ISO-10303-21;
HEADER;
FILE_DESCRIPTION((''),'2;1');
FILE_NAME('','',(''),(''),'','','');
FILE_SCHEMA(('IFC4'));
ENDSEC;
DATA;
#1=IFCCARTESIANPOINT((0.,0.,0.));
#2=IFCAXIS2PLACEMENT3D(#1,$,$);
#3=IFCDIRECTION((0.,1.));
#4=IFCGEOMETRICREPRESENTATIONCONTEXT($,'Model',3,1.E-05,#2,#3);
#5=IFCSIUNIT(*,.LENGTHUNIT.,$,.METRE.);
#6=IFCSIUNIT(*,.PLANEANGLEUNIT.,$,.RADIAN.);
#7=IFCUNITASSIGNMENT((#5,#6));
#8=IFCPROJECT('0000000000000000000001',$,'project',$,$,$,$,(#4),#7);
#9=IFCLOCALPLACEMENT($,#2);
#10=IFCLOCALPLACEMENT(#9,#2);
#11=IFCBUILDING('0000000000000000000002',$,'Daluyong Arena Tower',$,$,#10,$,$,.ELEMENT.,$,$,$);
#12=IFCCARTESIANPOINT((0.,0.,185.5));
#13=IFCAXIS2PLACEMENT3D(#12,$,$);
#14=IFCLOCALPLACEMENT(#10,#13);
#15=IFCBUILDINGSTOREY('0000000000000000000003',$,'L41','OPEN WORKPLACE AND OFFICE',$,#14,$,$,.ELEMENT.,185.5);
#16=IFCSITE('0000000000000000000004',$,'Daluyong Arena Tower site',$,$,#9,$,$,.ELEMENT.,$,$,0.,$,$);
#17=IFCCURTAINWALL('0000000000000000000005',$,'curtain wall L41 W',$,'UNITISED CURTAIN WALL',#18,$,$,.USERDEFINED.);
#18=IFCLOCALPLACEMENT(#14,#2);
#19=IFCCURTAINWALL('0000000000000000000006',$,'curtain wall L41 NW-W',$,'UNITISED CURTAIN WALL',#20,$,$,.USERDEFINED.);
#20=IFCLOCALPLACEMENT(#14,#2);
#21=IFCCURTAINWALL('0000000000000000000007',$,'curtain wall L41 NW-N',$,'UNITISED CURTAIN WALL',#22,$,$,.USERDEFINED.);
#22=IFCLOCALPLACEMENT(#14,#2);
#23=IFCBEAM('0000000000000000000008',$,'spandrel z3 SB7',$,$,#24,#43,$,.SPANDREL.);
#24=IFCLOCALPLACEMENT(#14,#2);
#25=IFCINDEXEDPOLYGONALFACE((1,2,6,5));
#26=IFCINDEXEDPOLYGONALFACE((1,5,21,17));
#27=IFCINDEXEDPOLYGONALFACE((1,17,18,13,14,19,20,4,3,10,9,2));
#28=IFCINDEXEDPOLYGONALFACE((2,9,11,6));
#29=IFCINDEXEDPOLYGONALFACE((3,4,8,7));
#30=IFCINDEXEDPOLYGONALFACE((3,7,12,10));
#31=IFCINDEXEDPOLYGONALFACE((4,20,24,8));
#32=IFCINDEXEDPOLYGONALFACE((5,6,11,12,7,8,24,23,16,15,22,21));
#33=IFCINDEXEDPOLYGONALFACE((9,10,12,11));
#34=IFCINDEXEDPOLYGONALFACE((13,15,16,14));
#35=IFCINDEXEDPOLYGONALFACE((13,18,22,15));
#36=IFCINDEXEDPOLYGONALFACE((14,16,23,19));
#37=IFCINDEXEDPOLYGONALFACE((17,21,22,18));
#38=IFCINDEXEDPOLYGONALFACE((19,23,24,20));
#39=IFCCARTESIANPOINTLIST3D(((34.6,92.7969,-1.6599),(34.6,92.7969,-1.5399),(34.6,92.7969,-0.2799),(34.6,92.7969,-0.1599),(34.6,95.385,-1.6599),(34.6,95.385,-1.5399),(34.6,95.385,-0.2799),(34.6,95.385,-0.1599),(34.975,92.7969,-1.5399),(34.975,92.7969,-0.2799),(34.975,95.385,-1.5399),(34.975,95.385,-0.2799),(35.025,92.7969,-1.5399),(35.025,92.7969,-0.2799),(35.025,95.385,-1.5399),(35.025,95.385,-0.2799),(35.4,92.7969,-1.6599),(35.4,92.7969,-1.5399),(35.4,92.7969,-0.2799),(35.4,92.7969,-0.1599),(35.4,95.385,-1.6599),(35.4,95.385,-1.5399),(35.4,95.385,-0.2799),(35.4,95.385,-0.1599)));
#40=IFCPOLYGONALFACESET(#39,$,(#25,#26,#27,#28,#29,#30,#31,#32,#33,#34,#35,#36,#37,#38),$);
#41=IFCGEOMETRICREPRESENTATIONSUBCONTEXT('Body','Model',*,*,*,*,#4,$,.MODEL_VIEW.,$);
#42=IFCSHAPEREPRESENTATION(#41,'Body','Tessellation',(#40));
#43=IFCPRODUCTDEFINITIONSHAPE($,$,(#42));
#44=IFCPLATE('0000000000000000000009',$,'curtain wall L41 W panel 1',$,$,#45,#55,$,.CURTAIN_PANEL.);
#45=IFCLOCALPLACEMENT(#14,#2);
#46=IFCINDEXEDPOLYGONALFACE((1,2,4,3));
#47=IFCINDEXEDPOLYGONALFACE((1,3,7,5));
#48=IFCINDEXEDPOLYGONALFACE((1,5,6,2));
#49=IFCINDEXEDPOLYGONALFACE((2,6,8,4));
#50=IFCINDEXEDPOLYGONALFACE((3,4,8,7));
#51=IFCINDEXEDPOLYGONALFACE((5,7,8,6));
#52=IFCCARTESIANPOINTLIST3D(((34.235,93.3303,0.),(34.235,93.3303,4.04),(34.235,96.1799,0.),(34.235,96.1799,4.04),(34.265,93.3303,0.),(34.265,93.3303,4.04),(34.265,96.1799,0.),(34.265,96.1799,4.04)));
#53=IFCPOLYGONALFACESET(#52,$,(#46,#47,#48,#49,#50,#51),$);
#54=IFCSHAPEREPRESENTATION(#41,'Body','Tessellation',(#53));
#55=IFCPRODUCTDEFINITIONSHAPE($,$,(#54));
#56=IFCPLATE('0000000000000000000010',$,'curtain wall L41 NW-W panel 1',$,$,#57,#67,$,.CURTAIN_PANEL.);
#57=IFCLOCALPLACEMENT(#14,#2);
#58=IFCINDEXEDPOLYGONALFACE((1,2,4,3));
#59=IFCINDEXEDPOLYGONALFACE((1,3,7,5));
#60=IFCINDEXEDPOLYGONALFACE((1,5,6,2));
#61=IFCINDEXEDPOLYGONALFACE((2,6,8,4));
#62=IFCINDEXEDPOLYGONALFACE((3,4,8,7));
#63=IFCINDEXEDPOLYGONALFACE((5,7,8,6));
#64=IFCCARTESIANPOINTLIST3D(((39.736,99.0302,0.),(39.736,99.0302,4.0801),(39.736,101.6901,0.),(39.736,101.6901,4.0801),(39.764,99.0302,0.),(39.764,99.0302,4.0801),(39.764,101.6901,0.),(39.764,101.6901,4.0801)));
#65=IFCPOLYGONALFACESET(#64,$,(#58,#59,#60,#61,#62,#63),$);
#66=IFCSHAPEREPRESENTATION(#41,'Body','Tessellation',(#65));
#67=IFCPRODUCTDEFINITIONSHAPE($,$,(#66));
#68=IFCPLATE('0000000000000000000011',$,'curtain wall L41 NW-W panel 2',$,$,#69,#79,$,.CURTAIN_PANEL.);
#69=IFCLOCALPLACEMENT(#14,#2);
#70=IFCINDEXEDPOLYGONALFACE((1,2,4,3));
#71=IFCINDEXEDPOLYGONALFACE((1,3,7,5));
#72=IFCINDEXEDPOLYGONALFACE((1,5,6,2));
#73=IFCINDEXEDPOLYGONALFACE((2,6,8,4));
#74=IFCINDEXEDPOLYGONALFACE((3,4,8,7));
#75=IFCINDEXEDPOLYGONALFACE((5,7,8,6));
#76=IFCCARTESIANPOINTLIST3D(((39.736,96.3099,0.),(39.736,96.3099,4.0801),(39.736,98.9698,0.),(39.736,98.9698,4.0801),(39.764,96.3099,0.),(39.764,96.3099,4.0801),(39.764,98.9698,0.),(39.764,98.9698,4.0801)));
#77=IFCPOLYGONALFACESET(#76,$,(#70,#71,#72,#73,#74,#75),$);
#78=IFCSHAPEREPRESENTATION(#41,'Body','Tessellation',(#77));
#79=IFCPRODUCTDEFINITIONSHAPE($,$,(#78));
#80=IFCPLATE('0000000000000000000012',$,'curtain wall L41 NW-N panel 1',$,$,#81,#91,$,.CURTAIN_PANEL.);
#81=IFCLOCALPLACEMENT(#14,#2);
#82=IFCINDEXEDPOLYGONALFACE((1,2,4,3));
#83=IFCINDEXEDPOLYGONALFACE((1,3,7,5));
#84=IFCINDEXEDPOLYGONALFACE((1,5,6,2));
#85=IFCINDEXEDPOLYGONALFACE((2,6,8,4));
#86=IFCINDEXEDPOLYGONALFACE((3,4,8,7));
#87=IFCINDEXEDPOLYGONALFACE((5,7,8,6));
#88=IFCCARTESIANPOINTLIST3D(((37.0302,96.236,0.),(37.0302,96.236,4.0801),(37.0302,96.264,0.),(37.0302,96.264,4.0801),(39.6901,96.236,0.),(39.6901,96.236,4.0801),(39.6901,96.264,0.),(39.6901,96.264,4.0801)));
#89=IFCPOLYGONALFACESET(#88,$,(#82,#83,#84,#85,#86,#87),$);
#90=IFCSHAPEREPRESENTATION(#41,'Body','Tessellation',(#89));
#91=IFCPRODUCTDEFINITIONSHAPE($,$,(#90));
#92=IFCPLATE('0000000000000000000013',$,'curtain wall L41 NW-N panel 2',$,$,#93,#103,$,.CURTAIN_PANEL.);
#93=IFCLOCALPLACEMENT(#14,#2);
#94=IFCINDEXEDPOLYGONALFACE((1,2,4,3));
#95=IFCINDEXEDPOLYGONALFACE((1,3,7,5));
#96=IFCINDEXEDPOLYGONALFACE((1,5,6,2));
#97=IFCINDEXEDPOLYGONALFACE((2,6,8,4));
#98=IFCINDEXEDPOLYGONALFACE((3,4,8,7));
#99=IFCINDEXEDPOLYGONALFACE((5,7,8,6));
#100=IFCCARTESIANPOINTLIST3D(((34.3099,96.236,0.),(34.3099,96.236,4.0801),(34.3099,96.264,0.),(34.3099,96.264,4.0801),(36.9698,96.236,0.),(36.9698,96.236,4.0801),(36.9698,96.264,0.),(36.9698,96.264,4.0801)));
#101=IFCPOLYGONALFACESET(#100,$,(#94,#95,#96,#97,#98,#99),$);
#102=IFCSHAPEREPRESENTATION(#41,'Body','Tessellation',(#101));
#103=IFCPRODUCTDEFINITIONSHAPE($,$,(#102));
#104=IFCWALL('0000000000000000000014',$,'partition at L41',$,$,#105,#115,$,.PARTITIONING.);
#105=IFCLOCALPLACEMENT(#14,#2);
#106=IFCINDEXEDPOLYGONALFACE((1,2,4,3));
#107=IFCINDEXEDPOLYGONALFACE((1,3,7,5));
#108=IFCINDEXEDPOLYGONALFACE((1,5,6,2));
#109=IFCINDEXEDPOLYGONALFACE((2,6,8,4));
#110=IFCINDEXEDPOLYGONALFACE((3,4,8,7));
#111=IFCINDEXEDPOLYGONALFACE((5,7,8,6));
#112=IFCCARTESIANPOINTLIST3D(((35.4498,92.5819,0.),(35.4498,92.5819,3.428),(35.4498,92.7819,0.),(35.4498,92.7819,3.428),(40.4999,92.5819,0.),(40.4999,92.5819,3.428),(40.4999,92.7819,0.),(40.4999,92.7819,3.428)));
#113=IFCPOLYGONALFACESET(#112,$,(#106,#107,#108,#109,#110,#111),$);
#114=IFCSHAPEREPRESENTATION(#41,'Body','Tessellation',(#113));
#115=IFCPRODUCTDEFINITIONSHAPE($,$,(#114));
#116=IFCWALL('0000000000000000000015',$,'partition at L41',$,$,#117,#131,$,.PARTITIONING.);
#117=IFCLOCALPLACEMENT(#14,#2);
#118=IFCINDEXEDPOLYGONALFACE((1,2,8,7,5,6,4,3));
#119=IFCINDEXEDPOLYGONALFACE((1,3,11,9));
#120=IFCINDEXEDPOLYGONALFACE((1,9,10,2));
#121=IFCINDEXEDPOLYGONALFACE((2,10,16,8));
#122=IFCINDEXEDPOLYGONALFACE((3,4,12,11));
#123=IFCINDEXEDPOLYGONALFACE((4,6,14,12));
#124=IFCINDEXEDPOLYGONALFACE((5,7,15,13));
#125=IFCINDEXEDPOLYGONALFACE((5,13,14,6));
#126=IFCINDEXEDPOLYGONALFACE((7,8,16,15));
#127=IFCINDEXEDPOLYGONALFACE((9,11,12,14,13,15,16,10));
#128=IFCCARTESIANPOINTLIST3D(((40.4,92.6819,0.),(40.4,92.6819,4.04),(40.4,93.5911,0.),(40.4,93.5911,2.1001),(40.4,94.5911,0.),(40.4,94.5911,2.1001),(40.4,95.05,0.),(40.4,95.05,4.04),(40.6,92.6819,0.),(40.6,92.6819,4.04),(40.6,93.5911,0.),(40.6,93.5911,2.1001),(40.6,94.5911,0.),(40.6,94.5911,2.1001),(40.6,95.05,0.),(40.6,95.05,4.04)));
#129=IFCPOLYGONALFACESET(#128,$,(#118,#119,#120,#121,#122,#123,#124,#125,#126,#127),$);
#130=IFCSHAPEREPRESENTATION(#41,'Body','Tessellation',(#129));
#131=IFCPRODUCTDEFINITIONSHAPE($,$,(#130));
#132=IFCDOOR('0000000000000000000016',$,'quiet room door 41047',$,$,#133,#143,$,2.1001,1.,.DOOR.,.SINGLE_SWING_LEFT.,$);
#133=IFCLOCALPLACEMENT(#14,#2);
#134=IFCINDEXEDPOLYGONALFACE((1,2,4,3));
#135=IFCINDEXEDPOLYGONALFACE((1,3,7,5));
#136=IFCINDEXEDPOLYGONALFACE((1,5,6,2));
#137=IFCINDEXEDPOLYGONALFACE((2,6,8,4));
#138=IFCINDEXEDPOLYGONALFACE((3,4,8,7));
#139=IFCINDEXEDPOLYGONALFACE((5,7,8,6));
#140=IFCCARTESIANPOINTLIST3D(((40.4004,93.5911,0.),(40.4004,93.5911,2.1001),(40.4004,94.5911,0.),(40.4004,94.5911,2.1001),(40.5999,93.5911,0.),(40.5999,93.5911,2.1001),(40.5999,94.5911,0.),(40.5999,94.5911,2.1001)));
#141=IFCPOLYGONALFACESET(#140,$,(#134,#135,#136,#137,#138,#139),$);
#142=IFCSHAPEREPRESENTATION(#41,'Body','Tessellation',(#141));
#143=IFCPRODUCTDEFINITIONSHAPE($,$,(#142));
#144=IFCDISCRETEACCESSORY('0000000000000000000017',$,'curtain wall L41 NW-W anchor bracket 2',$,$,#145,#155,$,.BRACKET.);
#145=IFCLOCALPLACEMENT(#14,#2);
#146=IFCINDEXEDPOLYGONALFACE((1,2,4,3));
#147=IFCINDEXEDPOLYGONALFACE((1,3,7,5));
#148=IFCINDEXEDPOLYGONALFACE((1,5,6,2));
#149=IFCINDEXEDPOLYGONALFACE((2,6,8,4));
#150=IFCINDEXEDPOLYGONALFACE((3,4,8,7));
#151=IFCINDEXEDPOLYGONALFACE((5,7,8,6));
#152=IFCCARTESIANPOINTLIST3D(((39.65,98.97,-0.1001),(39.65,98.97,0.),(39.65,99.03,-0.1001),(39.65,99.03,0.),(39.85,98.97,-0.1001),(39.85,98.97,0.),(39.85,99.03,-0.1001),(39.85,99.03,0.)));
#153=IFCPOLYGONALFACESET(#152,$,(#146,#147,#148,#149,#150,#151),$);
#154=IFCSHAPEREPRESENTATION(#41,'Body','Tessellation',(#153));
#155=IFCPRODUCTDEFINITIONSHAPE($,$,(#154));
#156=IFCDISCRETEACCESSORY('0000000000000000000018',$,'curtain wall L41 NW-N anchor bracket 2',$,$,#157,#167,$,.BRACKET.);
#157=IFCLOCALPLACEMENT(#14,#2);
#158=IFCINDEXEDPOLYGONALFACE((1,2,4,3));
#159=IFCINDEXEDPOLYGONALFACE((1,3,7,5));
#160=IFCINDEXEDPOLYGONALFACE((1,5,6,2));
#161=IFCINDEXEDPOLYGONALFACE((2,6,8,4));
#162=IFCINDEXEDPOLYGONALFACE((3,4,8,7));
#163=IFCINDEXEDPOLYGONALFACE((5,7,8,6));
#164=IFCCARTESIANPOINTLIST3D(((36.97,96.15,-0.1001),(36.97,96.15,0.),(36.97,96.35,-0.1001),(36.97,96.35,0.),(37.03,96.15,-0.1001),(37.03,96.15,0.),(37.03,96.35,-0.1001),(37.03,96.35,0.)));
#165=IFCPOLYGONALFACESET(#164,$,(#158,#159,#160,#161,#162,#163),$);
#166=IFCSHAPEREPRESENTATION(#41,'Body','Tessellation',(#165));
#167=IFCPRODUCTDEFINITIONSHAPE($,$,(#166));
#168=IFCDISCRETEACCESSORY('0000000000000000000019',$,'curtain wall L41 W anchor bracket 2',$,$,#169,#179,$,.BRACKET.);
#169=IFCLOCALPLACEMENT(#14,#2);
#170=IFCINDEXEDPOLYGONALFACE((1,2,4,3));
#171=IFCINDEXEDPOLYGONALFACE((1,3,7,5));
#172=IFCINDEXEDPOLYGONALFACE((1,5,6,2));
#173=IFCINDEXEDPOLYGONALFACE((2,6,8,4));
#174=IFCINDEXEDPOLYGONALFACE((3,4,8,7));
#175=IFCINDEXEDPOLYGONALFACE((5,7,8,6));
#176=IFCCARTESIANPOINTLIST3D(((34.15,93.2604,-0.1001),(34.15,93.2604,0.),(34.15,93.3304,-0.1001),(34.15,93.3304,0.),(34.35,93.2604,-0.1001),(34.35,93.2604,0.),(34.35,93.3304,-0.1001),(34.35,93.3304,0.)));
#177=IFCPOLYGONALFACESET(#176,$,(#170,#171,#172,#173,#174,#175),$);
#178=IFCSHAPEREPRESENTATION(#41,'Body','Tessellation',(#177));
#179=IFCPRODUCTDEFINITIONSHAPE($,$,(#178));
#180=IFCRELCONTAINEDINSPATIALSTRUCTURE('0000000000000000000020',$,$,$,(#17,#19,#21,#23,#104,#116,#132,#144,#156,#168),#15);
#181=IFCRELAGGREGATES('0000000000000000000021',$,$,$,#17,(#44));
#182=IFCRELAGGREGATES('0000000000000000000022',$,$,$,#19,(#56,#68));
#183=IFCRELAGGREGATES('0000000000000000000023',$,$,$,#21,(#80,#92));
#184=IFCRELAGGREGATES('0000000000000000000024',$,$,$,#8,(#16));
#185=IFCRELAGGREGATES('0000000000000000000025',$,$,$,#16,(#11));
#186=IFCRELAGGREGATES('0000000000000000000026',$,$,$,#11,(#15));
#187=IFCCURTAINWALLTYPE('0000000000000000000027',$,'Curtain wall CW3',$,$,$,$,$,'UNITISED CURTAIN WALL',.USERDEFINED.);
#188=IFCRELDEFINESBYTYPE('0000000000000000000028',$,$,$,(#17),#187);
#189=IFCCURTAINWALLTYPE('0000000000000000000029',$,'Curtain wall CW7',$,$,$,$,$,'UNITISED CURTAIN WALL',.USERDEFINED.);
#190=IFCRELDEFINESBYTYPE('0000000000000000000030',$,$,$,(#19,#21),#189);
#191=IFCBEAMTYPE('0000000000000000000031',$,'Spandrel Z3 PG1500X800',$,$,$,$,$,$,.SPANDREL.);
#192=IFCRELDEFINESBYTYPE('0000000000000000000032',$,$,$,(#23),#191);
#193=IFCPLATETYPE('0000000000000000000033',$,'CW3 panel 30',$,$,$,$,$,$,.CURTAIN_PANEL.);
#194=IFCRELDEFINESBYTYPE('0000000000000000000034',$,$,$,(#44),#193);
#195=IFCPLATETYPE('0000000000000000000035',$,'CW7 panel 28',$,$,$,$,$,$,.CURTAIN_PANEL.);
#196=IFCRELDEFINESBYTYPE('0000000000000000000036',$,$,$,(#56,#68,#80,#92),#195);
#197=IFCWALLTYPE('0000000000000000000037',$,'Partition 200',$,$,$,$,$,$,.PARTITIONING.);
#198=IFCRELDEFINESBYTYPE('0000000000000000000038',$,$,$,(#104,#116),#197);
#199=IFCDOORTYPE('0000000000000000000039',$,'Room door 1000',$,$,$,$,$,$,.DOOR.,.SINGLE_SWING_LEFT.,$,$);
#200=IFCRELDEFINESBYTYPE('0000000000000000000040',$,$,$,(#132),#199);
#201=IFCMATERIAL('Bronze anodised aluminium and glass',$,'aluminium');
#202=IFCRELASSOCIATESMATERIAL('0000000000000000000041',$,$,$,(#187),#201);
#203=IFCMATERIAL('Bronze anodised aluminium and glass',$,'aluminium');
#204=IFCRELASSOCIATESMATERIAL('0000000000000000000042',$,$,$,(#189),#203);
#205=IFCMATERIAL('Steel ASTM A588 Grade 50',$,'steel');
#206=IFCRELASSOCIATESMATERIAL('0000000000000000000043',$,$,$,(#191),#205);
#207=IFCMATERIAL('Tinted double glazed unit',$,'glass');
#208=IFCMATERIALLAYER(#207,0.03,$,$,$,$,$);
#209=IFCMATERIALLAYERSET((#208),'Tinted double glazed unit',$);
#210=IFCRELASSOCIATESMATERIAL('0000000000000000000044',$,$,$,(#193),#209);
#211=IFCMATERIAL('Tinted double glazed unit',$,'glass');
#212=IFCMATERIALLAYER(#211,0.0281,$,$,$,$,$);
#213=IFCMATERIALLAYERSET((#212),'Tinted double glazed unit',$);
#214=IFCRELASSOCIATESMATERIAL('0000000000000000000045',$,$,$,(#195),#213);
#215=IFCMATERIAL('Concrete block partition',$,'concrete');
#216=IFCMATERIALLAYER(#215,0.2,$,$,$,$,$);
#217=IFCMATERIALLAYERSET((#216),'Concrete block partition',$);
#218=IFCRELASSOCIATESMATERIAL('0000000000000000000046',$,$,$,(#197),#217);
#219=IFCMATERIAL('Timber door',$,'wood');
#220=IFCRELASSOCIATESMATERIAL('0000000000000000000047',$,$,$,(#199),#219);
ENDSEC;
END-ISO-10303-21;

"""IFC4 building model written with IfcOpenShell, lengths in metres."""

from ifc_helpers import new_model, si_unit, direction, frame, frame_2d, origin, origin_2d, place, context, subcontext, project, spatial, rectangle, i_section, extrude, material, layer, layer_set, material_profile, profile_set, type_object, element, fill, aggregate, save


model = new_model("IFC4")

# Units and contexts
model_context = context("Model", 3, precision=1e-05, world=origin(), true_north=direction((0.0, 1.0)))
body_context = subcontext(model_context, "Body", "Model", "MODEL_VIEW")
ifc_project = project(units=[si_unit("LENGTHUNIT", "METRE"), si_unit("PLANEANGLEUNIT", "RADIAN")], contexts=[model_context])

# Site, building, storey
site_placement = place(None, origin())
site = spatial("IfcSite", under=ifc_project, at=site_placement, Name="Daluyong Arena Tower site", CompositionType="ELEMENT", RefElevation=0.0)
building_placement = place(site_placement, origin())
building = spatial("IfcBuilding", under=site, at=building_placement, Name="Daluyong Arena Tower", CompositionType="ELEMENT")
storey_placement = place(building_placement, frame((0.0, 0.0, 185.5)))
storey = spatial("IfcBuildingStorey", under=building, at=storey_placement, Name="L41", Description="OPEN WORKPLACE AND OFFICE", CompositionType="ELEMENT", Elevation=185.5)

# Shared definitions
ifc_material_1 = material(Name="Bronze anodised aluminium and glass", Category="aluminium")
curtain_wall_type_1 = type_object("IfcCurtainWallType", Name="Curtain wall CW3", ElementType="UNITISED CURTAIN WALL", PredefinedType="USERDEFINED", material=ifc_material_1)

# Curtain walls
curtain_wall_1_placement = place(storey_placement, origin())
curtain_wall_1 = element("IfcCurtainWall", 1, at=curtain_wall_1_placement, inside=storey, type_object=curtain_wall_type_1, Name="curtain wall L41 W", ObjectType="UNITISED CURTAIN WALL", PredefinedType="USERDEFINED")
ifc_material_2 = material(Name="Bronze anodised aluminium and glass", Category="aluminium")
curtain_wall_type_2 = type_object("IfcCurtainWallType", Name="Curtain wall CW7", ElementType="UNITISED CURTAIN WALL", PredefinedType="USERDEFINED", material=ifc_material_2)
curtain_wall_2_placement = place(storey_placement, origin())
curtain_wall_2 = element("IfcCurtainWall", 2, at=curtain_wall_2_placement, inside=storey, type_object=curtain_wall_type_2, Name="curtain wall L41 NW-W", ObjectType="UNITISED CURTAIN WALL", PredefinedType="USERDEFINED")
curtain_wall_3_placement = place(storey_placement, origin())
curtain_wall_3 = element("IfcCurtainWall", 3, at=curtain_wall_3_placement, inside=storey, type_object=curtain_wall_type_2, Name="curtain wall L41 NW-N", ObjectType="UNITISED CURTAIN WALL", PredefinedType="USERDEFINED")

# Beam
ifc_material_3 = material(Name="Steel ASTM A588 Grade 50", Category="steel")
ifc_material_profile_1 = material_profile(ifc_material_3, i_section(OverallWidth=0.8, OverallDepth=1.5, WebThickness=0.05, FlangeThickness=0.12, at=origin_2d()))
ifc_profile_set_1 = profile_set([ifc_material_profile_1], Name="Steel ASTM A588 Grade 50")
beam_type_1 = type_object("IfcBeamType", Name="Spandrel Z3 PG1500X800", PredefinedType="SPANDREL", material=ifc_profile_set_1)
beam_1_placement = place(storey_placement, frame((35.0, 95.385, -0.9099), z_axis=(0.0, -1.0, 0.0), x_axis=(1.0, 0.0, 0.0)))
element("IfcBeam", 4, at=beam_1_placement, inside=storey, type_object=beam_type_1, Name="spandrel z3 SB7", PredefinedType="SPANDREL", context=body_context, shape_type="SweptSolid", body=[
    extrude(i_section(OverallWidth=0.8, OverallDepth=1.5, WebThickness=0.05, FlangeThickness=0.12, at=origin_2d()), origin(), (0.0, 0.0, 1.0), 2.5881),
])

# Plates
ifc_material_4 = material(Name="Tinted double glazed unit", Category="glass")
ifc_layer_1 = layer(ifc_material_4, 0.03)
ifc_layer_set_1 = layer_set([ifc_layer_1], Name="Tinted double glazed unit")
plate_type_1 = type_object("IfcPlateType", Name="CW3 panel 30", PredefinedType="CURTAIN_PANEL", material=ifc_layer_set_1)
plate_1_placement = place(storey_placement, frame((34.25, 94.7551, 0.0), z_axis=(0.0, 0.0, 1.0), x_axis=(0.0, -1.0, 0.0)))
plate_1 = element("IfcPlate", 5, at=plate_1_placement, type_object=plate_type_1, Name="curtain wall L41 W panel 1", PredefinedType="CURTAIN_PANEL", context=body_context, shape_type="SweptSolid", body=[
    extrude(rectangle(XDim=2.8496, YDim=0.03, at=origin_2d()), origin(), (0.0, 0.0, 1.0), 4.04),
])
aggregate(curtain_wall_1, [plate_1])
ifc_material_5 = material(Name="Tinted double glazed unit", Category="glass")
ifc_layer_2 = layer(ifc_material_5, 0.0281)
ifc_layer_set_2 = layer_set([ifc_layer_2], Name="Tinted double glazed unit")
plate_type_2 = type_object("IfcPlateType", Name="CW7 panel 28", PredefinedType="CURTAIN_PANEL", material=ifc_layer_set_2)
plate_2_placement = place(storey_placement, frame((39.75, 100.3601, 0.0), z_axis=(0.0, 0.0, 1.0), x_axis=(0.0, -1.0, 0.0)))
plate_2 = element("IfcPlate", 6, at=plate_2_placement, type_object=plate_type_2, Name="curtain wall L41 NW-W panel 1", PredefinedType="CURTAIN_PANEL", context=body_context, shape_type="SweptSolid", body=[
    extrude(rectangle(XDim=2.6599, YDim=0.0281, at=origin_2d()), origin(), (0.0, 0.0, 1.0), 4.0801),
])
plate_3_placement = place(storey_placement, frame((39.75, 97.6399, 0.0), z_axis=(0.0, 0.0, 1.0), x_axis=(0.0, -1.0, 0.0)))
plate_3 = element("IfcPlate", 7, at=plate_3_placement, type_object=plate_type_2, Name="curtain wall L41 NW-W panel 2", PredefinedType="CURTAIN_PANEL", context=body_context, shape_type="SweptSolid", body=[
    extrude(rectangle(XDim=2.6599, YDim=0.0281, at=origin_2d()), origin(), (0.0, 0.0, 1.0), 4.0801),
])
aggregate(curtain_wall_2, [plate_2, plate_3])
plate_4_placement = place(storey_placement, frame((38.3601, 96.25, 0.0), z_axis=(0.0, 0.0, 1.0), x_axis=(-1.0, 0.0, 0.0)))
plate_4 = element("IfcPlate", 8, at=plate_4_placement, type_object=plate_type_2, Name="curtain wall L41 NW-N panel 1", PredefinedType="CURTAIN_PANEL", context=body_context, shape_type="SweptSolid", body=[
    extrude(rectangle(XDim=2.6599, YDim=0.0281, at=origin_2d()), origin(), (0.0, 0.0, 1.0), 4.0801),
])
plate_5_placement = place(storey_placement, frame((35.6399, 96.25, 0.0), z_axis=(0.0, 0.0, 1.0), x_axis=(-1.0, 0.0, 0.0)))
plate_5 = element("IfcPlate", 9, at=plate_5_placement, type_object=plate_type_2, Name="curtain wall L41 NW-N panel 2", PredefinedType="CURTAIN_PANEL", context=body_context, shape_type="SweptSolid", body=[
    extrude(rectangle(XDim=2.6599, YDim=0.0281, at=origin_2d()), origin(), (0.0, 0.0, 1.0), 4.0801),
])
aggregate(curtain_wall_3, [plate_4, plate_5])

# Wall
ifc_material_6 = material(Name="Concrete block partition", Category="concrete")
ifc_layer_3 = layer(ifc_material_6, 0.2)
ifc_layer_set_3 = layer_set([ifc_layer_3], Name="Concrete block partition")
wall_type = type_object("IfcWallType", Name="Partition 200", PredefinedType="PARTITIONING", material=ifc_layer_set_3)
wall_1_placement = place(storey_placement, frame((35.45, 92.6819, 0.0), z_axis=(0.0, 0.0, 1.0), x_axis=(1.0, 0.0, 0.0)))
element("IfcWall", 10, at=wall_1_placement, inside=storey, type_object=wall_type, Name="partition at L41", PredefinedType="PARTITIONING", context=body_context, shape_type="SweptSolid", body=[
    extrude(rectangle(XDim=5.05, YDim=0.2, at=frame_2d((2.5249, 0.0))), origin(), (0.0, 0.0, 1.0), 3.428),
])

# Wall, opening, door
wall_2_placement = place(storey_placement, frame((40.5, 92.6819, 0.0), z_axis=(0.0, 0.0, 1.0), x_axis=(0.0, 1.0, 0.0)))
wall_2 = element("IfcWall", 11, at=wall_2_placement, inside=storey, type_object=wall_type, Name="partition at L41", PredefinedType="PARTITIONING", context=body_context, shape_type="SweptSolid", body=[
    extrude(rectangle(XDim=2.3682, YDim=0.2, at=frame_2d((1.1841, 0.0))), origin(), (0.0, 0.0, 1.0), 4.04),
])
opening_placement = place(wall_2_placement, frame((0.9092, 0.0, 0.0)))
opening = element("IfcOpeningElement", 12, at=opening_placement, cuts=wall_2, PredefinedType="OPENING", context=body_context, shape_type="SweptSolid", body=[
    extrude(rectangle(XDim=1.0, YDim=2.1001, at=frame_2d((0.5, 1.05))), frame((0.0, 0.1099, 0.0), z_axis=(0.0, -1.0, 0.0), x_axis=(1.0, 0.0, 0.0)), (0.0, 0.0, 1.0), 0.22),
])
ifc_material_7 = material(Name="Timber door", Category="wood")
door_type = type_object("IfcDoorType", Name="Room door 1000", OperationType="SINGLE_SWING_LEFT", PredefinedType="DOOR", material=ifc_material_7)
door_placement = place(opening_placement, origin())
door = element("IfcDoor", 13, at=door_placement, inside=storey, type_object=door_type, Name="quiet room door 41047", OperationType="SINGLE_SWING_LEFT", OverallHeight=2.1001, OverallWidth=1.0, PredefinedType="DOOR", context=body_context, shape_type="SweptSolid", body=[
    extrude(rectangle(XDim=1.0, YDim=2.1001, at=frame_2d((0.5, 1.05))), frame((0.0, 0.0996, 0.0), z_axis=(0.0, -1.0, 0.0), x_axis=(1.0, 0.0, 0.0)), (0.0, 0.0, 1.0), 0.1995),
])
fill(opening, door)

# Discrete accessories
for number, where, z_axis, x_axis, name in (
    (14, (39.75, 99.0, -0.1001), (0.0, 0.0, 1.0), (0.0, -1.0, 0.0), "curtain wall L41 NW-W anchor bracket 2"),
    (15, (37.0, 96.25, -0.1001), (0.0, 0.0, 1.0), (-1.0, 0.0, 0.0), "curtain wall L41 NW-N anchor bracket 2"),
):
    element("IfcDiscreteAccessory", number, at=place(storey_placement, frame(where, z_axis=z_axis, x_axis=x_axis)), inside=storey, Name=name, PredefinedType="BRACKET", context=body_context, shape_type="SweptSolid", body=[
        extrude(rectangle(XDim=0.0601, YDim=0.2, at=origin_2d()), origin(), (0.0, 0.0, 1.0), 0.1001),
    ])
discrete_accessory_placement = place(storey_placement, frame((34.25, 93.2954, -0.1001), z_axis=(0.0, 0.0, 1.0), x_axis=(0.0, -1.0, 0.0)))
element("IfcDiscreteAccessory", 16, at=discrete_accessory_placement, inside=storey, Name="curtain wall L41 W anchor bracket 2", PredefinedType="BRACKET", context=body_context, shape_type="SweptSolid", body=[
    extrude(rectangle(XDim=0.0701, YDim=0.2, at=origin_2d()), origin(), (0.0, 0.0, 1.0), 0.1001),
])

save(model, "model.ifc")
